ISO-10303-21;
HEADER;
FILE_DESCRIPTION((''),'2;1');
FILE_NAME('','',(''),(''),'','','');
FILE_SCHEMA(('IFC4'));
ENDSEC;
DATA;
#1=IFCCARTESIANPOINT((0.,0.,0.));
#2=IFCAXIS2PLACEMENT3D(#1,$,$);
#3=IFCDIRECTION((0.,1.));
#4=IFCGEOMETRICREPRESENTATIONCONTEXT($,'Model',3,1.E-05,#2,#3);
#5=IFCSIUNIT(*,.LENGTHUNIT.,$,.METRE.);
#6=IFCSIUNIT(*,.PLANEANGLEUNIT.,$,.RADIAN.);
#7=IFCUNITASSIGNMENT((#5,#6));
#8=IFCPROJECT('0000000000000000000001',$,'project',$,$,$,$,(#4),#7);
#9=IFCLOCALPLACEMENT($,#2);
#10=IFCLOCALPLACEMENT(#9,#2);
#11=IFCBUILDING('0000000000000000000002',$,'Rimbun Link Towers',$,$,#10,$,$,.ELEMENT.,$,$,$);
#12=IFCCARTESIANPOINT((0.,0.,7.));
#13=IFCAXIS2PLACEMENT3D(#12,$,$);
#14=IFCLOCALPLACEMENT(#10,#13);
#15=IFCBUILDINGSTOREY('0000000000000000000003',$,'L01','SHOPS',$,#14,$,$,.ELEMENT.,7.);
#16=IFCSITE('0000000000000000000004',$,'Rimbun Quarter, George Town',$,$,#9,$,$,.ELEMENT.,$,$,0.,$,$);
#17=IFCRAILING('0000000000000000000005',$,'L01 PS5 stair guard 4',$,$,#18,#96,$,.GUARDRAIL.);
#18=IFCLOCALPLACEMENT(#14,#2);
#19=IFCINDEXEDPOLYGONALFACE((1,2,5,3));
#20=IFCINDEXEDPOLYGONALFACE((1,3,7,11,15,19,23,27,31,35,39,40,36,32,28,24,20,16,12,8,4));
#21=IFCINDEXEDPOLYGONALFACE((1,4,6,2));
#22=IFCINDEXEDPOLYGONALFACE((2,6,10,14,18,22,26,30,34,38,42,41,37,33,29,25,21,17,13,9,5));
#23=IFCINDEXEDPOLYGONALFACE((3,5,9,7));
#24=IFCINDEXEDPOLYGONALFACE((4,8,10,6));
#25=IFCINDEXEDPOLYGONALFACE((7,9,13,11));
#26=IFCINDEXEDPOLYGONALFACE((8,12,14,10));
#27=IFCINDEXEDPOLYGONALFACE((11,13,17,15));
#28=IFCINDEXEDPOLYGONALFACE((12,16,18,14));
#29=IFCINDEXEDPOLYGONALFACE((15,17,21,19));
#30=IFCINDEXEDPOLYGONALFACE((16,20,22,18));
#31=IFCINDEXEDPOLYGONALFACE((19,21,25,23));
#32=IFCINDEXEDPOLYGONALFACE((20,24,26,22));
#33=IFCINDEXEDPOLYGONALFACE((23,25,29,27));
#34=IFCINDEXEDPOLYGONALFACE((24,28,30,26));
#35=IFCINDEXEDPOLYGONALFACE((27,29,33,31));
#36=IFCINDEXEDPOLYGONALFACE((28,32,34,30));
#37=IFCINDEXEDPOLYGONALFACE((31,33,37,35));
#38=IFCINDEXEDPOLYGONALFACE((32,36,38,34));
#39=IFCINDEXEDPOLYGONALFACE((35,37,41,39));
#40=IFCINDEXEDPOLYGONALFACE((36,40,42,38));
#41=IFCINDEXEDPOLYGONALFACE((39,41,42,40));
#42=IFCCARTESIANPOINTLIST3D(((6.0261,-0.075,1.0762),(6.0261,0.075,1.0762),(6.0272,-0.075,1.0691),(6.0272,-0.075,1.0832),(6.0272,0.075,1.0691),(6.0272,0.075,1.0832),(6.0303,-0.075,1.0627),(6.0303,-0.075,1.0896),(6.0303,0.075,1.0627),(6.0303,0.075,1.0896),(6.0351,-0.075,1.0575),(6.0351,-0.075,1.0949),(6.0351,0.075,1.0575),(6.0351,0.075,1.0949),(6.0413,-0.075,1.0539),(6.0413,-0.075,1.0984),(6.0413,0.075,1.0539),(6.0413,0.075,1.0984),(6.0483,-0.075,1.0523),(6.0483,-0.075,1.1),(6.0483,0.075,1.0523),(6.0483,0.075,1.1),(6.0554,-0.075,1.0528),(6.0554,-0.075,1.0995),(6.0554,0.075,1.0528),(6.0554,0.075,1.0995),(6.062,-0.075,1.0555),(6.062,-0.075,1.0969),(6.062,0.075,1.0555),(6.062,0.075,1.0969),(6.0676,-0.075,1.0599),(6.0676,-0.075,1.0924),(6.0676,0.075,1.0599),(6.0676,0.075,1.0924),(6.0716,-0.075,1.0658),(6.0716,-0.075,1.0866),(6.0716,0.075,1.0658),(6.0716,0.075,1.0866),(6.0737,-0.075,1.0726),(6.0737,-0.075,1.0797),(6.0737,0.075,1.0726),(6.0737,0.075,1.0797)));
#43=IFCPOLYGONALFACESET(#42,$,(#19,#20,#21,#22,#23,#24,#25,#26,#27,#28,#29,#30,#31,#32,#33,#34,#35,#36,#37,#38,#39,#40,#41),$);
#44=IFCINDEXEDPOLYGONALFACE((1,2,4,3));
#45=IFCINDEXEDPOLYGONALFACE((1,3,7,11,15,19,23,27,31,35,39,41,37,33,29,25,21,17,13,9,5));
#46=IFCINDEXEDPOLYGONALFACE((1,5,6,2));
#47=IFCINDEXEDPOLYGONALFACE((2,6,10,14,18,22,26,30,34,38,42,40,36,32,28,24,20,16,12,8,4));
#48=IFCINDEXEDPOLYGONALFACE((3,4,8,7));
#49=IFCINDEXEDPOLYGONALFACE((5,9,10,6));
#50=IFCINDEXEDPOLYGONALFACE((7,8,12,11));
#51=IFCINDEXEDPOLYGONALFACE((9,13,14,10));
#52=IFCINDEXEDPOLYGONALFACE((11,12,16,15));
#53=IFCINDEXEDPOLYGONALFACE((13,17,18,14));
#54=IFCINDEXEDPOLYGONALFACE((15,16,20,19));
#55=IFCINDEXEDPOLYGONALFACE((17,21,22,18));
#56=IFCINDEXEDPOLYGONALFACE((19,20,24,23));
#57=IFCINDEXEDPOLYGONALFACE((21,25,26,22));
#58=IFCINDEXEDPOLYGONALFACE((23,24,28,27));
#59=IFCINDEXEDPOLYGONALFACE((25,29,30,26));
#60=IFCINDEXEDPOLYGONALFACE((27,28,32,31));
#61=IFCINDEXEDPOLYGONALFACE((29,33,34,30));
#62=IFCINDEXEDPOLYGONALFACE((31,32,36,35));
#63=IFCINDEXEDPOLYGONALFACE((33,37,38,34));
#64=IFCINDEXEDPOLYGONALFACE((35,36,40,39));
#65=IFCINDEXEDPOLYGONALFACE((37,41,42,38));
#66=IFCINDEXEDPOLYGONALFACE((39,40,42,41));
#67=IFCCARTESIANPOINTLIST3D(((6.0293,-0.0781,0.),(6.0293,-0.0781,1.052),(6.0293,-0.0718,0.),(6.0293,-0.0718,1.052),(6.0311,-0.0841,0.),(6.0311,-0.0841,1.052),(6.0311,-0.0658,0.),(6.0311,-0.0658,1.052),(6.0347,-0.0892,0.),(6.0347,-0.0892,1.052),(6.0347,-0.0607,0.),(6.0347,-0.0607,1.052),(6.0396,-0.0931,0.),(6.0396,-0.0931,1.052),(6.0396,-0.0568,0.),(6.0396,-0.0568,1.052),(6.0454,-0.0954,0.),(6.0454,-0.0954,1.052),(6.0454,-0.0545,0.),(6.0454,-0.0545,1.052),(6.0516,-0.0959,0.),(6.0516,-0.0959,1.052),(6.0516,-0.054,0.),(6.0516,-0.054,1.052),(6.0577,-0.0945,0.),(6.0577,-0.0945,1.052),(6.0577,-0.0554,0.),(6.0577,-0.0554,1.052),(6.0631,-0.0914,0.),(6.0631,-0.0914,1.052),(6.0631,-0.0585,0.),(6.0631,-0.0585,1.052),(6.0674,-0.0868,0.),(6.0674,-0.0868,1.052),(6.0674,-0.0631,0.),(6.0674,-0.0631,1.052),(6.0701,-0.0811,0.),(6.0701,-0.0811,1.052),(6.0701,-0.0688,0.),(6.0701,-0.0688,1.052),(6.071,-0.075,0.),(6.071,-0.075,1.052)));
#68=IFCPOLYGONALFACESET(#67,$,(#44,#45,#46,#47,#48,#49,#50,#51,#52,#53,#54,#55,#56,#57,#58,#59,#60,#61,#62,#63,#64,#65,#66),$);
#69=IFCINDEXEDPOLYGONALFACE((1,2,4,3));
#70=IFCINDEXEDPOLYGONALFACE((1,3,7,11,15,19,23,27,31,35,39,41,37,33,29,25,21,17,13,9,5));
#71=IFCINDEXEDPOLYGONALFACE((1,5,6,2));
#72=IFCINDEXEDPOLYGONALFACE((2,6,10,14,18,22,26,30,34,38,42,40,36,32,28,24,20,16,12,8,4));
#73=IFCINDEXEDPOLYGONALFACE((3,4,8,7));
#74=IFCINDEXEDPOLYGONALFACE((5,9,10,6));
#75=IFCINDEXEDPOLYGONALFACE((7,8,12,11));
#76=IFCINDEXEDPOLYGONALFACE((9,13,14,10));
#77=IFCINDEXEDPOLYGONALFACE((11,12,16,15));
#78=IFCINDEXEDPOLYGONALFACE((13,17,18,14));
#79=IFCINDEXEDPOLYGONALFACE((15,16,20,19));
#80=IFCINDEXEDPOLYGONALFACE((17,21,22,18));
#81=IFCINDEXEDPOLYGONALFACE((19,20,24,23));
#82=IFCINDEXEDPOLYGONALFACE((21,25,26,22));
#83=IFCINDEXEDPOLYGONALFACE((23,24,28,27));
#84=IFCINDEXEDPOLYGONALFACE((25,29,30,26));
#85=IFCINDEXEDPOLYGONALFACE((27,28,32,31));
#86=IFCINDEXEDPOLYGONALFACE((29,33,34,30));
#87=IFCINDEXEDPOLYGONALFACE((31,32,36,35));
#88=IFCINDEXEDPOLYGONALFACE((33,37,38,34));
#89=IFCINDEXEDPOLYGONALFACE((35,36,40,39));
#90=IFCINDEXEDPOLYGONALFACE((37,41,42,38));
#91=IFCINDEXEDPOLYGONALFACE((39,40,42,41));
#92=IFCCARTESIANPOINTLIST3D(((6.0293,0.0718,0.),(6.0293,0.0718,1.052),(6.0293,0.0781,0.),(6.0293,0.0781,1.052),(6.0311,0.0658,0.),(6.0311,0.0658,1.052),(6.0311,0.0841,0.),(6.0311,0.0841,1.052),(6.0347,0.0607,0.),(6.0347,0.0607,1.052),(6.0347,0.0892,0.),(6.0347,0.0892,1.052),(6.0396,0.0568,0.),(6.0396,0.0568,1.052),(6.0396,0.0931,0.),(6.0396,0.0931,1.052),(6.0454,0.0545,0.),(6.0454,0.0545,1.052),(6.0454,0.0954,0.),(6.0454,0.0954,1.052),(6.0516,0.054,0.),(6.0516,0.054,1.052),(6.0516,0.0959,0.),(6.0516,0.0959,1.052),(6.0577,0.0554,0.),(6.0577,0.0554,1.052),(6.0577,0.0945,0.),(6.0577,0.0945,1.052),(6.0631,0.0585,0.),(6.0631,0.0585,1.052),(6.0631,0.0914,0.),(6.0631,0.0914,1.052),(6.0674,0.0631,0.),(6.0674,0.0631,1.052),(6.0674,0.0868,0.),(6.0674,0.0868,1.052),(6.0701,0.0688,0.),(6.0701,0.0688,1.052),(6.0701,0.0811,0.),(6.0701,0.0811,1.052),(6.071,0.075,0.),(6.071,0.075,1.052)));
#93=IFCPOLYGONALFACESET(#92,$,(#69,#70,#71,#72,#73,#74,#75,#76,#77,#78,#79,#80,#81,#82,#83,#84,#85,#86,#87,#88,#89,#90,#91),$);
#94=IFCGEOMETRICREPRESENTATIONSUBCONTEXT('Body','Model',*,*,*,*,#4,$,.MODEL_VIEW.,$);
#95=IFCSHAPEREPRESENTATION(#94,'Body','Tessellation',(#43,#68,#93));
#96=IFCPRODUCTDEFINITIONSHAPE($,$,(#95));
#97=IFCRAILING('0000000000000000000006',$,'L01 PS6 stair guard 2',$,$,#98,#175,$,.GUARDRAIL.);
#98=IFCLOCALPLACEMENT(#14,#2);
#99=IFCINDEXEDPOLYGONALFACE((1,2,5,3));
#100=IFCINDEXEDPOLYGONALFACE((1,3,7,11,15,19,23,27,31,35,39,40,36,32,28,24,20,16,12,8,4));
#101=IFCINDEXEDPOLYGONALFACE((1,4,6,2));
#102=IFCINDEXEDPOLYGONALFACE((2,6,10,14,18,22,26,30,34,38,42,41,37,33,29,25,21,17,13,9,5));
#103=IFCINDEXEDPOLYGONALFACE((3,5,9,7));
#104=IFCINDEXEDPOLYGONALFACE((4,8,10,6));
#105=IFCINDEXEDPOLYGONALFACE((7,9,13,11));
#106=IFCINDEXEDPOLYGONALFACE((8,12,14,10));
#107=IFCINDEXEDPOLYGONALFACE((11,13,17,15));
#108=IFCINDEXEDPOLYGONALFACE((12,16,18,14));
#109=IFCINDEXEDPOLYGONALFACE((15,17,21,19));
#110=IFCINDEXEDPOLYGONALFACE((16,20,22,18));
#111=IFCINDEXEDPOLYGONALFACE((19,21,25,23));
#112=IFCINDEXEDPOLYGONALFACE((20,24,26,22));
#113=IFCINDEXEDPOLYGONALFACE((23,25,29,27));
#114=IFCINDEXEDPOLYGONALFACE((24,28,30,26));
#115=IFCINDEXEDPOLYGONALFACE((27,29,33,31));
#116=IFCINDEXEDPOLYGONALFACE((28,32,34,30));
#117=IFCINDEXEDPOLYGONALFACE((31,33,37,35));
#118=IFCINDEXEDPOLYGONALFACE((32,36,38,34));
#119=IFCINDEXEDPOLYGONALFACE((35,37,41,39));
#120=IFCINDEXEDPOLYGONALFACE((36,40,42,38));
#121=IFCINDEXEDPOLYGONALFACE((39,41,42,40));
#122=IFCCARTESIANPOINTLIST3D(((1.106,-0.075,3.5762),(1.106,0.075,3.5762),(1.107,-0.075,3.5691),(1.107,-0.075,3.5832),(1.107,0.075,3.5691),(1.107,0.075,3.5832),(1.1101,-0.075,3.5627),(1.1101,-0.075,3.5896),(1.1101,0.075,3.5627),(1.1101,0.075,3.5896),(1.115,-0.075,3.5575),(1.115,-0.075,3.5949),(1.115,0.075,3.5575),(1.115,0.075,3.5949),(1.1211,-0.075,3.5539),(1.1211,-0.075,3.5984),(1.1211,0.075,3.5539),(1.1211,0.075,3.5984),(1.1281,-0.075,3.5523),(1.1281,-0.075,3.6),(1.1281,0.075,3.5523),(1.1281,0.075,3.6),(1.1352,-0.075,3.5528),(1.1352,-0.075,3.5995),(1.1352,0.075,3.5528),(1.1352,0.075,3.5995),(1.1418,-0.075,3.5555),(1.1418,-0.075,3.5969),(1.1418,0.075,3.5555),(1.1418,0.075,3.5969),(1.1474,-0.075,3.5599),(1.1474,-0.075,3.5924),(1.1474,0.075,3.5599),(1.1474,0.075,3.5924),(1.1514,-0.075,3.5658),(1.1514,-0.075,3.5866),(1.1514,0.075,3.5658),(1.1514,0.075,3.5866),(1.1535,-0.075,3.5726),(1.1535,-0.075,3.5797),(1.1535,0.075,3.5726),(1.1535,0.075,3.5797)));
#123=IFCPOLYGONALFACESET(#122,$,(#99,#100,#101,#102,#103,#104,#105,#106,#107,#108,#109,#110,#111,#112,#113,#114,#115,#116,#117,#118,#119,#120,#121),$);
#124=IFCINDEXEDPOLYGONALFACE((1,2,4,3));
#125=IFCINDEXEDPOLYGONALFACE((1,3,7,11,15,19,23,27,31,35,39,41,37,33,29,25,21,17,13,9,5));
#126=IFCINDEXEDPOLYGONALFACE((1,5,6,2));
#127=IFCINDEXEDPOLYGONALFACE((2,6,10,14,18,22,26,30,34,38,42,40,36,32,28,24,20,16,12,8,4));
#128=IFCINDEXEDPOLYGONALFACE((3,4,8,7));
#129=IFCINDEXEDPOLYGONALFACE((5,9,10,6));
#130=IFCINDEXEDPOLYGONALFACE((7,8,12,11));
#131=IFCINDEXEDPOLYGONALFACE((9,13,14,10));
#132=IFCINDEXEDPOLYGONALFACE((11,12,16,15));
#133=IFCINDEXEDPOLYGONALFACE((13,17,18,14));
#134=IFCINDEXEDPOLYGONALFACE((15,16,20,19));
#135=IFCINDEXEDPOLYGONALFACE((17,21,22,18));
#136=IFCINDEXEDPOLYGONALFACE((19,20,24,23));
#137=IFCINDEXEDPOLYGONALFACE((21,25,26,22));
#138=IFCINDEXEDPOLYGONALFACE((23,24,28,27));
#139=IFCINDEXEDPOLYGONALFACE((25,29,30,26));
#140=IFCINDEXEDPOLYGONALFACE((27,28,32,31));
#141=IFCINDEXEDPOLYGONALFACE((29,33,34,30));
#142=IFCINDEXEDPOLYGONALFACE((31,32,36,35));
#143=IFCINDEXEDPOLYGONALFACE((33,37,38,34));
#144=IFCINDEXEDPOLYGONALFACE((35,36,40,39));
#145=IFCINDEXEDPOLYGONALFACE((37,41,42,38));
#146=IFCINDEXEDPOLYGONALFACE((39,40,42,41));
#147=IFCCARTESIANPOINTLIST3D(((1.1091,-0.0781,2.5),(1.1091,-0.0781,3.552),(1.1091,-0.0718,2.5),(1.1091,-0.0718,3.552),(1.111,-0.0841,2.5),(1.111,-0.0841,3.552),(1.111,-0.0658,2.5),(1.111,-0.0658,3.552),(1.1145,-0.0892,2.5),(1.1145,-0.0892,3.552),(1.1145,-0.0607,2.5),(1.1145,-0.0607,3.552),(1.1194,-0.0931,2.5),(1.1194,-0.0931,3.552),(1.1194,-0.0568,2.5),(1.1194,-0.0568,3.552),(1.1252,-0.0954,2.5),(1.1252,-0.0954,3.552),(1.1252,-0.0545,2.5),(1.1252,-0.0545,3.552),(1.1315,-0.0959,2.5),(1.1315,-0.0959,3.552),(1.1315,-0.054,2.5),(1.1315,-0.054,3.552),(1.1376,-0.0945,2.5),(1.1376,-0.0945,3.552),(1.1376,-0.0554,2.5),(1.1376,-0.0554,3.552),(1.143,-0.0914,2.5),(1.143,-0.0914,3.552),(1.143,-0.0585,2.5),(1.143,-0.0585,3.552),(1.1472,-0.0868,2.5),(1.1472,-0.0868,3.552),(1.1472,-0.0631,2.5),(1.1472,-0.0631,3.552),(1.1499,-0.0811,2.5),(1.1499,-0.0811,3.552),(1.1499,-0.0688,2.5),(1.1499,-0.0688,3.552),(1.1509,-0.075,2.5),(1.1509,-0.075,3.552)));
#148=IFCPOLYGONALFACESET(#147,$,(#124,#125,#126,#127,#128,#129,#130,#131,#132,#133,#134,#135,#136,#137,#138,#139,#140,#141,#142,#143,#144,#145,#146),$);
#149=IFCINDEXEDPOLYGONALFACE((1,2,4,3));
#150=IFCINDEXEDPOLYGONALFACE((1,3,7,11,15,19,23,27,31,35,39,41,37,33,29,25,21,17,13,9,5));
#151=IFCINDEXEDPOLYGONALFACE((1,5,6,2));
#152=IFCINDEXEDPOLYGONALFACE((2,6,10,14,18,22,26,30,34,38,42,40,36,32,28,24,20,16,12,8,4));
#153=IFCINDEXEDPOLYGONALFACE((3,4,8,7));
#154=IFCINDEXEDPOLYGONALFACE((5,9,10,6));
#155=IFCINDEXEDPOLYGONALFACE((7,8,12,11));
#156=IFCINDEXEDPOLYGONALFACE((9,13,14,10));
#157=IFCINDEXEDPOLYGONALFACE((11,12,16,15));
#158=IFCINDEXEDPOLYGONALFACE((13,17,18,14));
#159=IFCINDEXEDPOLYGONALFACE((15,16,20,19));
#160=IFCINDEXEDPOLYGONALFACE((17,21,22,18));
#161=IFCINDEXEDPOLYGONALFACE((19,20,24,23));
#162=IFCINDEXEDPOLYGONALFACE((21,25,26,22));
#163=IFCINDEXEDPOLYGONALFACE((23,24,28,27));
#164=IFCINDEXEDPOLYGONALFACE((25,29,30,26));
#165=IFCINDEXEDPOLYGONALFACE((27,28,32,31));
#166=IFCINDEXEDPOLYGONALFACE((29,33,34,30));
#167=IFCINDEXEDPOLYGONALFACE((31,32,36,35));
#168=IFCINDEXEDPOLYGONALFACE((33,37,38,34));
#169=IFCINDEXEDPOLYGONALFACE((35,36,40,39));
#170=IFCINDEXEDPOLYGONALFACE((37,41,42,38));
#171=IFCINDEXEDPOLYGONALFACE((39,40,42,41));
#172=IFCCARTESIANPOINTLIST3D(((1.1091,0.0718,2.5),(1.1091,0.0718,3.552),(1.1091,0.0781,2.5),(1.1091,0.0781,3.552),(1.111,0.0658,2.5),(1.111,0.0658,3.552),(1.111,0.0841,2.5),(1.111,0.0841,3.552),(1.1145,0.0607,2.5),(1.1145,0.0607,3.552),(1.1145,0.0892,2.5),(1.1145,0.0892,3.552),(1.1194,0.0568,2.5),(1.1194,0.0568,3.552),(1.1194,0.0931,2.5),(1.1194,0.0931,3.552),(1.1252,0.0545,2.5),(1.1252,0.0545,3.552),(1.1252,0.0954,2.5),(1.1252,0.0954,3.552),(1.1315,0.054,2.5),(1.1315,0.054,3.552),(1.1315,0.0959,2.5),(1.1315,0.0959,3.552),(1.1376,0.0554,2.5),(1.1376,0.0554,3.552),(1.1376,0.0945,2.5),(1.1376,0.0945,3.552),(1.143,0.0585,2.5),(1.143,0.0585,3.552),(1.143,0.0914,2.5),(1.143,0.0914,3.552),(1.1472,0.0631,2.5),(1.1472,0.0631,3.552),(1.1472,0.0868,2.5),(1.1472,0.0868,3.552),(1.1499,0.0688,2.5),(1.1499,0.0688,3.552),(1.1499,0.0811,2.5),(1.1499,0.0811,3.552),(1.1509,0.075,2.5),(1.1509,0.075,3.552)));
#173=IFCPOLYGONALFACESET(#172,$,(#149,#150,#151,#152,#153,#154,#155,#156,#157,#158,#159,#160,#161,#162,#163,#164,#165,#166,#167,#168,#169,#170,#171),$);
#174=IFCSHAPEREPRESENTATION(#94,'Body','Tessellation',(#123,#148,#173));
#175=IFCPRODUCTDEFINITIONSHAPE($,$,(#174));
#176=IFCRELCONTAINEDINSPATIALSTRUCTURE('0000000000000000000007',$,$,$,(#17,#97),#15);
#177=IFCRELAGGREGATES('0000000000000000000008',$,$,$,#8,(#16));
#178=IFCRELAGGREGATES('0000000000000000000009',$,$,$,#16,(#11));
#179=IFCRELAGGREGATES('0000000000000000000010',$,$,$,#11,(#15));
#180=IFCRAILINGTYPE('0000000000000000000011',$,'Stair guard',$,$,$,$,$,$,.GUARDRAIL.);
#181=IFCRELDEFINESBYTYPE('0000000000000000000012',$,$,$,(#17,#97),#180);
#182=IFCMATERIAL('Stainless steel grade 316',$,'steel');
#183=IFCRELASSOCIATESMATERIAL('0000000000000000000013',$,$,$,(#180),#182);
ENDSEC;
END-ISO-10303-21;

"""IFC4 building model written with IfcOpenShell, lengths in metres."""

from ifc_helpers import new_model, si_unit, direction, frame, origin, origin_2d, place, context, subcontext, project, spatial, circle, extrude, material, type_object, element, save


model = new_model("IFC4")

# Units and contexts
model_context = context("Model", 3, precision=1e-05, world=origin(), true_north=direction((0.0, 1.0)))
body_context = subcontext(model_context, "Body", "Model", "MODEL_VIEW")
ifc_project = project(units=[si_unit("LENGTHUNIT", "METRE"), si_unit("PLANEANGLEUNIT", "RADIAN")], contexts=[model_context])

# Site, building, storey
site_placement = place(None, origin())
site = spatial("IfcSite", under=ifc_project, at=site_placement, Name="Rimbun Quarter, George Town", CompositionType="ELEMENT", RefElevation=0.0)
building_placement = place(site_placement, origin())
building = spatial("IfcBuilding", under=site, at=building_placement, Name="Rimbun Link Towers", CompositionType="ELEMENT")
storey_placement = place(building_placement, frame((0.0, 0.0, 7.0)))
storey = spatial("IfcBuildingStorey", under=building, at=storey_placement, Name="L01", Description="SHOPS", CompositionType="ELEMENT", Elevation=7.0)

# Railings
ifc_material_1 = material(Name="Stainless steel grade 316", Category="steel")
railing_type_1 = type_object("IfcRailingType", Name="Stair guard", PredefinedType="GUARDRAIL", material=ifc_material_1)
for number, where, name in (
    (1, (6.05, -0.075, 0.0), "L01 PS5 stair guard 4"),
    (2, (1.1299, -0.075, 2.5), "L01 PS6 stair guard 2"),
):
    element("IfcRailing", number, at=place(storey_placement, frame(where)), inside=storey, type_object=railing_type_1, Name=name, PredefinedType="GUARDRAIL", context=body_context, shape_type="SweptSolid", body=[
        extrude(circle(Radius=0.0239, at=origin_2d()), frame((0.0, 0.0, 1.0762), z_axis=(0.0, 1.0, 0.0), x_axis=(-1.0, 0.0, 0.0)), (0.0, 0.0, 1.0), 0.1499),
        extrude(circle(Radius=0.021, at=origin_2d()), origin(), (0.0, 0.0, 1.0), 1.052),
        extrude(circle(Radius=0.021, at=origin_2d()), frame((0.0, 0.1499, 0.0)), (0.0, 0.0, 1.0), 1.052),
    ])

save(model, "model.ifc")
